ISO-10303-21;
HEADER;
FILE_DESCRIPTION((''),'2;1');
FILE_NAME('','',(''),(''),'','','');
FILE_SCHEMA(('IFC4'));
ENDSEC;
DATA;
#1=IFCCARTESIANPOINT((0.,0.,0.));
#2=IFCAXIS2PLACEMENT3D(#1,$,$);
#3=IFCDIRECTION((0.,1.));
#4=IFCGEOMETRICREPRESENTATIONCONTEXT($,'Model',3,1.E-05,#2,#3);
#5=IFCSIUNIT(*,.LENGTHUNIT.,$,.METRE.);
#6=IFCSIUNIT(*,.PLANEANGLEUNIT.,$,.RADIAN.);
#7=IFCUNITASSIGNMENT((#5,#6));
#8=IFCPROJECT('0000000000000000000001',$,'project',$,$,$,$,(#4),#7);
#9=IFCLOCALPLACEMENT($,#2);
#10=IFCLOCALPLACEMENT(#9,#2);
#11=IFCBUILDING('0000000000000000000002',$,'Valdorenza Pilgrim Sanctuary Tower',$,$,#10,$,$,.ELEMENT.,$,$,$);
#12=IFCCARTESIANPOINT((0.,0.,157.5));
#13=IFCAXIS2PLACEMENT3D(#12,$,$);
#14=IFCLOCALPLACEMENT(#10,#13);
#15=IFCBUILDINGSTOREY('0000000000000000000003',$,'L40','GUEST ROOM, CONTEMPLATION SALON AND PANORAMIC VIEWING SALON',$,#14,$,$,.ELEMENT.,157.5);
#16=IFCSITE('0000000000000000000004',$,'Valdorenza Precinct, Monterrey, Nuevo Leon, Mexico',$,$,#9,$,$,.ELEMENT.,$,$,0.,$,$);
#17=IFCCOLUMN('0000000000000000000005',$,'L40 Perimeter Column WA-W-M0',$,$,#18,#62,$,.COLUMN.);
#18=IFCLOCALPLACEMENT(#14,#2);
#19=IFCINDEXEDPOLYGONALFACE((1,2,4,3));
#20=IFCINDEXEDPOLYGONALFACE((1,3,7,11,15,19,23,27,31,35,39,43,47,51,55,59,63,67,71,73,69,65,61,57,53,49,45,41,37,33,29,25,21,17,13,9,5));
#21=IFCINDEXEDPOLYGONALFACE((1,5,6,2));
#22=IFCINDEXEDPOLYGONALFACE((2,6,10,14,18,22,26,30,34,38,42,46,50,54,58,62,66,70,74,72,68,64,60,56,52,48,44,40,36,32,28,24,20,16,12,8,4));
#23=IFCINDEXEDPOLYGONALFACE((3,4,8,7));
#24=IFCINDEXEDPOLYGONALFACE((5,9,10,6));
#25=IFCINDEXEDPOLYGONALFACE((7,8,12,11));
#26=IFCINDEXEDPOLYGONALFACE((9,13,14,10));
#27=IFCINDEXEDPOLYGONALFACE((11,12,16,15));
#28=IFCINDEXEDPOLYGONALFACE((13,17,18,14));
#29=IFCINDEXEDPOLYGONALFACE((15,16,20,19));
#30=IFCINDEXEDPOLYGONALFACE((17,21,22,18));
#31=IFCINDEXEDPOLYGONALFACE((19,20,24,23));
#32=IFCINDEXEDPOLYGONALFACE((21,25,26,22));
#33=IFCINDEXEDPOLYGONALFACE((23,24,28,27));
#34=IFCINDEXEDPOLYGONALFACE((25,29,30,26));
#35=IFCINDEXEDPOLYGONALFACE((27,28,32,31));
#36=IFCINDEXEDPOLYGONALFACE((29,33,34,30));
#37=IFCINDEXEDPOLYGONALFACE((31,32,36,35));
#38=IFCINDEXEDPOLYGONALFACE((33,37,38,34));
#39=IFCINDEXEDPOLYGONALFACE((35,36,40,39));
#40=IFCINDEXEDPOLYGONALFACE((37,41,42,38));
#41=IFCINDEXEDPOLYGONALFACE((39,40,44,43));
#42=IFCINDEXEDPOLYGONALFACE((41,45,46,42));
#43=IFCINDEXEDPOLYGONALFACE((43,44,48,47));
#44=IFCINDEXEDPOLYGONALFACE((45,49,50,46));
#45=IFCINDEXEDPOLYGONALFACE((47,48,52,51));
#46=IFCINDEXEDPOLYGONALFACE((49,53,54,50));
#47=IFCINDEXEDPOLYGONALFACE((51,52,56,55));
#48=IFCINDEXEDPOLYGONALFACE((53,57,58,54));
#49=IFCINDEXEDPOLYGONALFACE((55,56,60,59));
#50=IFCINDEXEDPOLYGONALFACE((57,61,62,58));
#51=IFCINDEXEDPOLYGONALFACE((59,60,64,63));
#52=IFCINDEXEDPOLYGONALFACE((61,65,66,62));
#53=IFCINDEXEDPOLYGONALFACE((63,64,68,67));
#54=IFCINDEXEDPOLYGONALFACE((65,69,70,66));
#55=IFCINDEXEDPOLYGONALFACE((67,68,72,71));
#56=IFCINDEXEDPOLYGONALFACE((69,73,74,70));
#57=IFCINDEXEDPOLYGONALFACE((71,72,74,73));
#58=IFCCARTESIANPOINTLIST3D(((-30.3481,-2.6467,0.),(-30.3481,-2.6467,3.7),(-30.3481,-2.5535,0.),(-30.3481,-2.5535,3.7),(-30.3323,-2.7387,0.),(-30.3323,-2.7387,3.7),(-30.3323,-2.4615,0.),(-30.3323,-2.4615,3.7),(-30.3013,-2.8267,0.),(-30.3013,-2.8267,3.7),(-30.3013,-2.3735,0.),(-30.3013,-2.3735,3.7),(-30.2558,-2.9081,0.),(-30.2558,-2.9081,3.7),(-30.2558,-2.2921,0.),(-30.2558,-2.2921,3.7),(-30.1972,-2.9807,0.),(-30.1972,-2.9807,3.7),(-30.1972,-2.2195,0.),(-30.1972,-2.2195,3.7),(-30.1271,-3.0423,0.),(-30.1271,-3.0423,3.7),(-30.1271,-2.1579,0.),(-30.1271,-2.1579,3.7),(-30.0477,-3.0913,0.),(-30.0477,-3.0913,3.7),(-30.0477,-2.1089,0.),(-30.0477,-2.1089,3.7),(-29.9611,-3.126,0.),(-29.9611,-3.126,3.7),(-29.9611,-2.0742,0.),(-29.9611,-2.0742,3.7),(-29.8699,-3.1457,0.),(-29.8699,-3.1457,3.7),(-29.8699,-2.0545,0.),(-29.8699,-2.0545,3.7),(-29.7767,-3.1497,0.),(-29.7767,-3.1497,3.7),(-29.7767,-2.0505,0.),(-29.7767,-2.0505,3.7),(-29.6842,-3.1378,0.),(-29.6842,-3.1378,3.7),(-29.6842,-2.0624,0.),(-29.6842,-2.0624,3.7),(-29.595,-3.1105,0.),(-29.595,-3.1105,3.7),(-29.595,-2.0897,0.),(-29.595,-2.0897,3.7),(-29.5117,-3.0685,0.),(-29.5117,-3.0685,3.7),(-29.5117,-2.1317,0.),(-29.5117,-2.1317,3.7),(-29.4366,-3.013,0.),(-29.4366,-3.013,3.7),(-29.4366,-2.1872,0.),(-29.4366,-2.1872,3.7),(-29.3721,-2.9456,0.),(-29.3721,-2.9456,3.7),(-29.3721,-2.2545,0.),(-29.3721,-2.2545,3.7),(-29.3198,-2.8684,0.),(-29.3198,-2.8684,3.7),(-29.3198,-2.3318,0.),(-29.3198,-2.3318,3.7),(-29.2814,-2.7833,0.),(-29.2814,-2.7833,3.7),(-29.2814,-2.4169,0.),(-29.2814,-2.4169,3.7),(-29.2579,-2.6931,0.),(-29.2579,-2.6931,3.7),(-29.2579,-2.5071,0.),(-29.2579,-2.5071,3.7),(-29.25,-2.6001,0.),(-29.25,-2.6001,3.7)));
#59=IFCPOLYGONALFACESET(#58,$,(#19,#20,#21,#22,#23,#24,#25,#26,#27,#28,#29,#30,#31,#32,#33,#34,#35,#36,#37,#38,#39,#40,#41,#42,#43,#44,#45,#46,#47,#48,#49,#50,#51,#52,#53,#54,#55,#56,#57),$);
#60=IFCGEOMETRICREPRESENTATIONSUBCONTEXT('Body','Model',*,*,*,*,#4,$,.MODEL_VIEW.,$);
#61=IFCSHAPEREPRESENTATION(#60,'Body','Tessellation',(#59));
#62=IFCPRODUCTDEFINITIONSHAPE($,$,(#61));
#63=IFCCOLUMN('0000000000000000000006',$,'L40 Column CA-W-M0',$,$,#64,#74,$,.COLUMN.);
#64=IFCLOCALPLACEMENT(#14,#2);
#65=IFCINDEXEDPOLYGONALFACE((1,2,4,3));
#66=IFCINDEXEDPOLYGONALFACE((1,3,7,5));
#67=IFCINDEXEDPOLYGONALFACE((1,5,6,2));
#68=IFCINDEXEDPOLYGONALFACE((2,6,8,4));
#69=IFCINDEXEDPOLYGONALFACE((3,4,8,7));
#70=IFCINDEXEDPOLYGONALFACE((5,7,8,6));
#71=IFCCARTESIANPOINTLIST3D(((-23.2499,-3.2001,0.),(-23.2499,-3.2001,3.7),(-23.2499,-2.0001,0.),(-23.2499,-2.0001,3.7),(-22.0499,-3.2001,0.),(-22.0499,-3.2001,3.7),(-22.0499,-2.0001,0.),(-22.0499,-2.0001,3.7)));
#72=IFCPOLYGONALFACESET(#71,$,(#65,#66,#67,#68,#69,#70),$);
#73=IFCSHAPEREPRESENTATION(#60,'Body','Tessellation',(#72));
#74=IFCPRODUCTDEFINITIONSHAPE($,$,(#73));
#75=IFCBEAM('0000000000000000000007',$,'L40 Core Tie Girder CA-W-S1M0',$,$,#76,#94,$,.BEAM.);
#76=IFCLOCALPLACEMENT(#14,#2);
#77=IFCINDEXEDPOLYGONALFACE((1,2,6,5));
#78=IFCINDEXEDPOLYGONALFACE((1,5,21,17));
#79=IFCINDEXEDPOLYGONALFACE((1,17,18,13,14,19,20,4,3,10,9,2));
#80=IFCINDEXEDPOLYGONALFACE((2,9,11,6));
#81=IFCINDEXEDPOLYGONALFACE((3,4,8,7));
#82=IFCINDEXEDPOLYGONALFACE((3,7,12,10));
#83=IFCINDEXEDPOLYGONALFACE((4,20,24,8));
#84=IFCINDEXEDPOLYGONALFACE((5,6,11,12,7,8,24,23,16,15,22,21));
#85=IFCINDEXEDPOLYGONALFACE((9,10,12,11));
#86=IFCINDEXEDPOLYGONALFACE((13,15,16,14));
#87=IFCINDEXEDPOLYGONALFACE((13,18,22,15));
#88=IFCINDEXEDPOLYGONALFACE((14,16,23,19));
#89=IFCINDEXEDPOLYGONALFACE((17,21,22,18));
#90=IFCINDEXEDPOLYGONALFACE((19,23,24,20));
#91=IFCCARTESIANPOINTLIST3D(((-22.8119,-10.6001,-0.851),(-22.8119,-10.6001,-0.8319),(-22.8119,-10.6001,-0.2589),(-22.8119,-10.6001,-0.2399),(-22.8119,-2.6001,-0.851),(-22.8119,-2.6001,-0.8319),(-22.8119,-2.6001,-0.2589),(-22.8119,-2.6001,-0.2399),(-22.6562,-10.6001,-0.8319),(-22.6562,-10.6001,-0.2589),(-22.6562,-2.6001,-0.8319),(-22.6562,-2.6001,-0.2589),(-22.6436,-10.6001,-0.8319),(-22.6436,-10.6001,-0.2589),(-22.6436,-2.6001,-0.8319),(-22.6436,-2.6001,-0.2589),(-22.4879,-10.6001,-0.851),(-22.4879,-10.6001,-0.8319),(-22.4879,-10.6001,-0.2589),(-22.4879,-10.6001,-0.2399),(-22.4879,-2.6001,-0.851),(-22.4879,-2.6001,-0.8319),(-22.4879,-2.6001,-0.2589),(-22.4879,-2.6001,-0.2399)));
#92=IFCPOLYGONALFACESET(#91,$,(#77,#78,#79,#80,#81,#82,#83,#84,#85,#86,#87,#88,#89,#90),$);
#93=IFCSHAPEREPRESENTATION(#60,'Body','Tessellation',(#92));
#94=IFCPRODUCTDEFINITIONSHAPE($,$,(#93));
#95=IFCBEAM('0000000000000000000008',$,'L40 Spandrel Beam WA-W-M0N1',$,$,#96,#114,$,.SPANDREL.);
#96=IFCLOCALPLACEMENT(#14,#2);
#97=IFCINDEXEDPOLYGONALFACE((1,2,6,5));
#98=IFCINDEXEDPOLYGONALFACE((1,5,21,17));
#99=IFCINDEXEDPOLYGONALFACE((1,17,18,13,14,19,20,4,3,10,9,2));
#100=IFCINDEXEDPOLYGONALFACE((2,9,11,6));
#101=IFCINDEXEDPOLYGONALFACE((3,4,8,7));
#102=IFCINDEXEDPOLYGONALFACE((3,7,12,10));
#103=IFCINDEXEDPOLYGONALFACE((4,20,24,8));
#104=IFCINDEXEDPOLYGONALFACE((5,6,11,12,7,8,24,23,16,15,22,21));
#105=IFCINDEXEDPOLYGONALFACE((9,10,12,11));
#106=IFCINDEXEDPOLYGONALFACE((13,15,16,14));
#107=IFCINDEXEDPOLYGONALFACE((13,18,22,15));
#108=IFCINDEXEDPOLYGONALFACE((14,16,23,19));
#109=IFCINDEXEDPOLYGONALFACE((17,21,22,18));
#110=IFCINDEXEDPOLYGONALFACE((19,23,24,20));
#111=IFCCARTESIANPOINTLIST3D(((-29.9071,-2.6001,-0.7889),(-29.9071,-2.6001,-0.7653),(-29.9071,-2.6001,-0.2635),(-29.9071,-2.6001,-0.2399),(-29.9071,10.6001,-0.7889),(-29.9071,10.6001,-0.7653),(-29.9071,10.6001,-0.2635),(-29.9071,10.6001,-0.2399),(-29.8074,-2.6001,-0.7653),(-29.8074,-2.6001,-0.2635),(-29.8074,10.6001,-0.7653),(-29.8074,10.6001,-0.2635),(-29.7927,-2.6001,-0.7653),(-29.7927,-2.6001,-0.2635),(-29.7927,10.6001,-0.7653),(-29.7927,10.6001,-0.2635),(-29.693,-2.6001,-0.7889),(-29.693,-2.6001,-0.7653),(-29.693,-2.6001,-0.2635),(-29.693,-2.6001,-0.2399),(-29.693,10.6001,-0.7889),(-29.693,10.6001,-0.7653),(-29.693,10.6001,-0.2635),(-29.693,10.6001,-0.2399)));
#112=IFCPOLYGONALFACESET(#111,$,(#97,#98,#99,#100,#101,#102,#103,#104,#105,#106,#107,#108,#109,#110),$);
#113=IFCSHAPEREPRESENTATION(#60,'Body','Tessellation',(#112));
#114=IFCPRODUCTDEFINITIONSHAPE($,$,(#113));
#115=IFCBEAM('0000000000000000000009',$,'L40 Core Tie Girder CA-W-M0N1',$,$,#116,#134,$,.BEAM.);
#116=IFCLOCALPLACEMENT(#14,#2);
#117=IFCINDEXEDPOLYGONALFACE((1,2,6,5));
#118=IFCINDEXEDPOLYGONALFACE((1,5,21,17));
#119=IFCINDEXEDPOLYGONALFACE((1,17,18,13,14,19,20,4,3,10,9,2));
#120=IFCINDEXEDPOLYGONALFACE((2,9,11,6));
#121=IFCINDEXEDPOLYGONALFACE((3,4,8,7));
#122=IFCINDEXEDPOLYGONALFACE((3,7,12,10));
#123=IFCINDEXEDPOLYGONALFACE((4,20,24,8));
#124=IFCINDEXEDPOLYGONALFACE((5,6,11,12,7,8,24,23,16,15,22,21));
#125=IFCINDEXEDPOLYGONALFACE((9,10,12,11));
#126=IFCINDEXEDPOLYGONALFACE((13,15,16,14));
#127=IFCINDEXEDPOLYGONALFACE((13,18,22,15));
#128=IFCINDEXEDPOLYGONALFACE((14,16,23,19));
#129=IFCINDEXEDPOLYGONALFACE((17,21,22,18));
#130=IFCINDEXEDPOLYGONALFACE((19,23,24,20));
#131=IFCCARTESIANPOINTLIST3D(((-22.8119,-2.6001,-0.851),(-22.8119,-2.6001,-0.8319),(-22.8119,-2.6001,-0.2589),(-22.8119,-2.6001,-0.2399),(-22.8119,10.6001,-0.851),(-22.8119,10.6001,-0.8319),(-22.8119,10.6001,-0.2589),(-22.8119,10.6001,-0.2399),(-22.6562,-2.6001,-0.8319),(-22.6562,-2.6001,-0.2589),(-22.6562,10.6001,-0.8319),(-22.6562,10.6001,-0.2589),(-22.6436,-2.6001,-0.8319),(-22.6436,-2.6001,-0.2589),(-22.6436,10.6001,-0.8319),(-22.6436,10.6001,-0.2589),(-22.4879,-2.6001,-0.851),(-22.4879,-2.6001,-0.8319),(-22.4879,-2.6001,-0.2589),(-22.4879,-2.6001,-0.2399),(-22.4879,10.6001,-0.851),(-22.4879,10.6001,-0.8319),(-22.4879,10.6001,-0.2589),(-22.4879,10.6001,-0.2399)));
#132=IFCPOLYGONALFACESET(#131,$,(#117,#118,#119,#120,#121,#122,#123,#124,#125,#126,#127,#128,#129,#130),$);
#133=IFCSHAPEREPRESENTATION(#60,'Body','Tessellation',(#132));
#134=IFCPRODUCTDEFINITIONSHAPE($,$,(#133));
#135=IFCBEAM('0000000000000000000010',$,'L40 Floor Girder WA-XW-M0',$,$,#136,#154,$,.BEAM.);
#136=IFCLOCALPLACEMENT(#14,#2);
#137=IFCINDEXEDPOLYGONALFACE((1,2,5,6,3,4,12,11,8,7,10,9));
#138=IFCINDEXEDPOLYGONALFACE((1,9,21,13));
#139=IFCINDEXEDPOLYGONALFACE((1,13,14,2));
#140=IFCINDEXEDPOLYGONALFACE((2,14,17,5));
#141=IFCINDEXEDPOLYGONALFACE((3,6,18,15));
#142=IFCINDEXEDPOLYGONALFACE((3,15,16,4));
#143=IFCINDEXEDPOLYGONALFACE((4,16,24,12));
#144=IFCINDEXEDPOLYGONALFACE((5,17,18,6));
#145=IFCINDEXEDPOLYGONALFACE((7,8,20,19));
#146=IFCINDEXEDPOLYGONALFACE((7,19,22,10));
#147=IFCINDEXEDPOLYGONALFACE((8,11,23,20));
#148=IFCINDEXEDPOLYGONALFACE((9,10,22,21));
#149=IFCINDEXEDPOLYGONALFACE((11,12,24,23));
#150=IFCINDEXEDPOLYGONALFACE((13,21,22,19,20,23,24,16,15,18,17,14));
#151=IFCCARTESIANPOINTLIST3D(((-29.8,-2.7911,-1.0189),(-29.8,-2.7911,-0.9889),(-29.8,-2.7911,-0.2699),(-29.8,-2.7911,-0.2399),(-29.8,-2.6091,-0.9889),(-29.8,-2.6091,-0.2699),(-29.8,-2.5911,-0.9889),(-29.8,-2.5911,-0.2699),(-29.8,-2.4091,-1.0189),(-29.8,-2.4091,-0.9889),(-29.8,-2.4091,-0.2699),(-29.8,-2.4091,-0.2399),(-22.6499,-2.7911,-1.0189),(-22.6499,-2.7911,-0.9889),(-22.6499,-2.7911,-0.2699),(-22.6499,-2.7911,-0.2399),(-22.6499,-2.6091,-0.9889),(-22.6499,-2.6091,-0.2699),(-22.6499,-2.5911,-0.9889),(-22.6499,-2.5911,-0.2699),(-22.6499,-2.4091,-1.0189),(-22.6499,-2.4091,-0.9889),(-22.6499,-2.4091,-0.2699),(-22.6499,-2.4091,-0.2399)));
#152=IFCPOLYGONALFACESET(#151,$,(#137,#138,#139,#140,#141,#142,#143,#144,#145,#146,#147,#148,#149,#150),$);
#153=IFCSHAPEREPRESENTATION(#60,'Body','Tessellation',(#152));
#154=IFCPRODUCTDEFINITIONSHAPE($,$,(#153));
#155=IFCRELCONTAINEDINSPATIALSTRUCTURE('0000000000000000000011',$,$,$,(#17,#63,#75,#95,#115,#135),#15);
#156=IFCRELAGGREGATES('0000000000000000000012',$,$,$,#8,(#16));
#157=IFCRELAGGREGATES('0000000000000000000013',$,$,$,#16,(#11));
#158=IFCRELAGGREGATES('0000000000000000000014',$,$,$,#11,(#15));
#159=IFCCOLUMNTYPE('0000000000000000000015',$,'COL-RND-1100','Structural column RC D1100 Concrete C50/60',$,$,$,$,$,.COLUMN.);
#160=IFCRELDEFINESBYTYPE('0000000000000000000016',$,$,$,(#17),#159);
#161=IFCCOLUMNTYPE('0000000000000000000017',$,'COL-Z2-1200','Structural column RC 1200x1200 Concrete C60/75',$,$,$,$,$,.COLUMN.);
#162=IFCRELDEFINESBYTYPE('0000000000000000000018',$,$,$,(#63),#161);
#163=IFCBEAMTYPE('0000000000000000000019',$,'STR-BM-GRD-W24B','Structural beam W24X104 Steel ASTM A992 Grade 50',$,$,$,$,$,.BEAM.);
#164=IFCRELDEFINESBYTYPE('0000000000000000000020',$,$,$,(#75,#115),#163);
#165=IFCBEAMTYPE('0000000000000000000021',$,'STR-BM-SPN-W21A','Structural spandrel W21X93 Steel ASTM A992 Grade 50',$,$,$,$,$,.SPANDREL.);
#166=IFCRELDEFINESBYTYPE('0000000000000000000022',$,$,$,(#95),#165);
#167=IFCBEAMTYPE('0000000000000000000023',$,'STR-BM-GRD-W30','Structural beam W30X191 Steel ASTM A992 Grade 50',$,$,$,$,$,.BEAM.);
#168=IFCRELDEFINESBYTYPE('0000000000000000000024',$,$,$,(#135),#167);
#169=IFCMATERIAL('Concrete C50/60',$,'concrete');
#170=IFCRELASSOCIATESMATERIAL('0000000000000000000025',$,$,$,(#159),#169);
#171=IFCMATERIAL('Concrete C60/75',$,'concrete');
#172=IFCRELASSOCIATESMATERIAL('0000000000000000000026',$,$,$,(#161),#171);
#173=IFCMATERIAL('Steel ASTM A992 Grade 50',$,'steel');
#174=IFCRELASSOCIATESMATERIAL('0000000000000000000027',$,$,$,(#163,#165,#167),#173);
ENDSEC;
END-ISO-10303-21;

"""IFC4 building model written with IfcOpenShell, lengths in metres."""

from ifc_helpers import new_model, si_unit, direction, frame, origin, origin_2d, place, context, subcontext, project, spatial, rectangle, circle, i_section, extrude, source, transform, mapped, material, material_profile, profile_set, type_object, element, save


model = new_model("IFC4")

# Units and contexts
model_context = context("Model", 3, precision=1e-05, world=origin(), true_north=direction((0.0, 1.0)))
body_context = subcontext(model_context, "Body", "Model", "MODEL_VIEW")
ifc_project = project(units=[si_unit("LENGTHUNIT", "METRE"), si_unit("PLANEANGLEUNIT", "RADIAN")], contexts=[model_context])

# Site, building, storey
site_placement = place(None, origin())
site = spatial("IfcSite", under=ifc_project, at=site_placement, Name="Valdorenza Precinct, Monterrey, Nuevo Leon, Mexico", CompositionType="ELEMENT", RefElevation=0.0)
building_placement = place(site_placement, origin())
building = spatial("IfcBuilding", under=site, at=building_placement, Name="Valdorenza Pilgrim Sanctuary Tower", CompositionType="ELEMENT")
storey_placement = place(building_placement, frame((0.0, 0.0, 157.5)))
storey = spatial("IfcBuildingStorey", under=building, at=storey_placement, Name="L40", Description="GUEST ROOM, CONTEMPLATION SALON AND PANORAMIC VIEWING SALON", CompositionType="ELEMENT", Elevation=157.5)

# Columns
ifc_material_1 = material(Name="Concrete C50/60", Category="concrete")
ifc_material_profile_1 = material_profile(ifc_material_1, circle(Radius=0.55, at=origin_2d()), Name="RC D1100")
ifc_profile_set_1 = profile_set([ifc_material_profile_1], Name="Concrete C50/60")
column_type_1 = type_object("IfcColumnType", Name="COL-RND-1100", Description="Structural column RC D1100 Concrete C50/60", PredefinedType="COLUMN", material=ifc_profile_set_1)
shared_shape_1 = source(origin(), body_context, "Body", "SweptSolid", [
    extrude(circle(Radius=0.55, at=origin_2d()), origin(), (0.0, 0.0, 1.0), 3.7),
])
column_1_placement = place(storey_placement, frame((-29.8, -2.6001, 0.0), z_axis=(0.0, 0.0, 1.0), x_axis=(1.0, 0.0, 0.0)))
element("IfcColumn", 1, at=column_1_placement, inside=storey, type_object=column_type_1, Name="L40 Perimeter Column WA-W-M0", PredefinedType="COLUMN", context=body_context, shape_type="MappedRepresentation", body=[
    mapped(shared_shape_1, transform((0.0, 0.0, 0.0), x_axis=(1.0, 0.0, 0.0), y_axis=(0.0, 1.0, 0.0), z_axis=(0.0, 0.0, 1.0), scale=1.0)),
])
ifc_material_2 = material(Name="Concrete C60/75", Category="concrete")
ifc_material_profile_2 = material_profile(ifc_material_2, rectangle(XDim=1.2, YDim=1.2, at=origin_2d()), Name="RC 1200x1200")
ifc_profile_set_2 = profile_set([ifc_material_profile_2], Name="Concrete C60/75")
column_type_2 = type_object("IfcColumnType", Name="COL-Z2-1200", Description="Structural column RC 1200x1200 Concrete C60/75", PredefinedType="COLUMN", material=ifc_profile_set_2)
shared_shape_2 = source(origin(), body_context, "Body", "SweptSolid", [
    extrude(rectangle(XDim=1.2, YDim=1.2, at=origin_2d()), origin(), (0.0, 0.0, 1.0), 3.7),
])
column_2_placement = place(storey_placement, frame((-22.6499, -2.6001, 0.0), z_axis=(0.0, 0.0, 1.0), x_axis=(1.0, 0.0, 0.0)))
element("IfcColumn", 2, at=column_2_placement, inside=storey, type_object=column_type_2, Name="L40 Column CA-W-M0", PredefinedType="COLUMN", context=body_context, shape_type="MappedRepresentation", body=[
    mapped(shared_shape_2, transform((0.0, 0.0, 0.0), x_axis=(1.0, 0.0, 0.0), y_axis=(0.0, 1.0, 0.0), z_axis=(0.0, 0.0, 1.0), scale=1.0)),
])

# Beams
ifc_material_3 = material(Name="Steel ASTM A992 Grade 50", Category="steel")
ifc_material_profile_3 = material_profile(ifc_material_3, i_section(OverallWidth=0.324, OverallDepth=0.6111, WebThickness=0.0127, FlangeThickness=0.019, at=origin_2d()), Name="W24X104")
ifc_profile_set_3 = profile_set([ifc_material_profile_3], Name="Steel ASTM A992 Grade 50")
beam_type_1 = type_object("IfcBeamType", Name="STR-BM-GRD-W24B", Description="Structural beam W24X104 Steel ASTM A992 Grade 50", PredefinedType="BEAM", material=ifc_profile_set_3)
shared_shape_3 = source(origin(), body_context, "Body", "SweptSolid", [
    extrude(i_section(OverallWidth=0.324, OverallDepth=0.6111, WebThickness=0.0127, FlangeThickness=0.019, at=origin_2d()), origin(), (0.0, 0.0, 1.0), 8.0),
])
beam_1_placement = place(storey_placement, frame((-22.6499, -10.6001, -0.5454), z_axis=(0.0, 1.0, 0.0), x_axis=(-1.0, 0.0, 0.0)))
element("IfcBeam", 3, at=beam_1_placement, inside=storey, type_object=beam_type_1, Name="L40 Core Tie Girder CA-W-S1M0", PredefinedType="BEAM", context=body_context, shape_type="MappedRepresentation", body=[
    mapped(shared_shape_3, transform((0.0, 0.0, 0.0), x_axis=(1.0, 0.0, 0.0), y_axis=(0.0, 1.0, 0.0), z_axis=(0.0, 0.0, 1.0), scale=1.0)),
])
ifc_material_profile_4 = material_profile(ifc_material_3, i_section(OverallWidth=0.2141, OverallDepth=0.5491, WebThickness=0.0146, FlangeThickness=0.0237, at=origin_2d()), Name="W21X93")
ifc_profile_set_4 = profile_set([ifc_material_profile_4], Name="Steel ASTM A992 Grade 50")
beam_type_2 = type_object("IfcBeamType", Name="STR-BM-SPN-W21A", Description="Structural spandrel W21X93 Steel ASTM A992 Grade 50", PredefinedType="SPANDREL", material=ifc_profile_set_4)
shared_shape_4 = source(origin(), body_context, "Body", "SweptSolid", [
    extrude(i_section(OverallWidth=0.2141, OverallDepth=0.5491, WebThickness=0.0146, FlangeThickness=0.0237, at=origin_2d()), origin(), (0.0, 0.0, 1.0), 13.2002),
])
beam_2_placement = place(storey_placement, frame((-29.8, -2.6001, -0.5144), z_axis=(0.0, 1.0, 0.0), x_axis=(-1.0, 0.0, 0.0)))
element("IfcBeam", 4, at=beam_2_placement, inside=storey, type_object=beam_type_2, Name="L40 Spandrel Beam WA-W-M0N1", PredefinedType="SPANDREL", context=body_context, shape_type="MappedRepresentation", body=[
    mapped(shared_shape_4, transform((0.0, 0.0, 0.0), x_axis=(1.0, 0.0, 0.0), y_axis=(0.0, 1.0, 0.0), z_axis=(0.0, 0.0, 1.0), scale=1.0)),
])
shared_shape_5 = source(origin(), body_context, "Body", "SweptSolid", [
    extrude(i_section(OverallWidth=0.324, OverallDepth=0.6111, WebThickness=0.0127, FlangeThickness=0.019, at=origin_2d()), origin(), (0.0, 0.0, 1.0), 13.2002),
])
beam_3_placement = place(storey_placement, frame((-22.6499, -2.6001, -0.5454), z_axis=(0.0, 1.0, 0.0), x_axis=(-1.0, 0.0, 0.0)))
element("IfcBeam", 5, at=beam_3_placement, inside=storey, type_object=beam_type_1, Name="L40 Core Tie Girder CA-W-M0N1", PredefinedType="BEAM", context=body_context, shape_type="MappedRepresentation", body=[
    mapped(shared_shape_5, transform((0.0, 0.0, 0.0), x_axis=(1.0, 0.0, 0.0), y_axis=(0.0, 1.0, 0.0), z_axis=(0.0, 0.0, 1.0), scale=1.0)),
])
ifc_material_profile_5 = material_profile(ifc_material_3, i_section(OverallWidth=0.3821, OverallDepth=0.7791, WebThickness=0.0181, FlangeThickness=0.03, at=origin_2d()), Name="W30X191")
ifc_profile_set_5 = profile_set([ifc_material_profile_5], Name="Steel ASTM A992 Grade 50")
beam_type_3 = type_object("IfcBeamType", Name="STR-BM-GRD-W30", Description="Structural beam W30X191 Steel ASTM A992 Grade 50", PredefinedType="BEAM", material=ifc_profile_set_5)
shared_shape_6 = source(origin(), body_context, "Body", "SweptSolid", [
    extrude(i_section(OverallWidth=0.3821, OverallDepth=0.7791, WebThickness=0.0181, FlangeThickness=0.03, at=origin_2d()), origin(), (0.0, 0.0, 1.0), 7.1501),
])
beam_4_placement = place(storey_placement, frame((-29.8, -2.6001, -0.6294), z_axis=(1.0, 0.0, 0.0), x_axis=(0.0, 1.0, 0.0)))
element("IfcBeam", 6, at=beam_4_placement, inside=storey, type_object=beam_type_3, Name="L40 Floor Girder WA-XW-M0", PredefinedType="BEAM", context=body_context, shape_type="MappedRepresentation", body=[
    mapped(shared_shape_6, transform((0.0, 0.0, 0.0), x_axis=(1.0, 0.0, 0.0), y_axis=(0.0, 1.0, 0.0), z_axis=(0.0, 0.0, 1.0), scale=1.0)),
])

save(model, "model.ifc")
